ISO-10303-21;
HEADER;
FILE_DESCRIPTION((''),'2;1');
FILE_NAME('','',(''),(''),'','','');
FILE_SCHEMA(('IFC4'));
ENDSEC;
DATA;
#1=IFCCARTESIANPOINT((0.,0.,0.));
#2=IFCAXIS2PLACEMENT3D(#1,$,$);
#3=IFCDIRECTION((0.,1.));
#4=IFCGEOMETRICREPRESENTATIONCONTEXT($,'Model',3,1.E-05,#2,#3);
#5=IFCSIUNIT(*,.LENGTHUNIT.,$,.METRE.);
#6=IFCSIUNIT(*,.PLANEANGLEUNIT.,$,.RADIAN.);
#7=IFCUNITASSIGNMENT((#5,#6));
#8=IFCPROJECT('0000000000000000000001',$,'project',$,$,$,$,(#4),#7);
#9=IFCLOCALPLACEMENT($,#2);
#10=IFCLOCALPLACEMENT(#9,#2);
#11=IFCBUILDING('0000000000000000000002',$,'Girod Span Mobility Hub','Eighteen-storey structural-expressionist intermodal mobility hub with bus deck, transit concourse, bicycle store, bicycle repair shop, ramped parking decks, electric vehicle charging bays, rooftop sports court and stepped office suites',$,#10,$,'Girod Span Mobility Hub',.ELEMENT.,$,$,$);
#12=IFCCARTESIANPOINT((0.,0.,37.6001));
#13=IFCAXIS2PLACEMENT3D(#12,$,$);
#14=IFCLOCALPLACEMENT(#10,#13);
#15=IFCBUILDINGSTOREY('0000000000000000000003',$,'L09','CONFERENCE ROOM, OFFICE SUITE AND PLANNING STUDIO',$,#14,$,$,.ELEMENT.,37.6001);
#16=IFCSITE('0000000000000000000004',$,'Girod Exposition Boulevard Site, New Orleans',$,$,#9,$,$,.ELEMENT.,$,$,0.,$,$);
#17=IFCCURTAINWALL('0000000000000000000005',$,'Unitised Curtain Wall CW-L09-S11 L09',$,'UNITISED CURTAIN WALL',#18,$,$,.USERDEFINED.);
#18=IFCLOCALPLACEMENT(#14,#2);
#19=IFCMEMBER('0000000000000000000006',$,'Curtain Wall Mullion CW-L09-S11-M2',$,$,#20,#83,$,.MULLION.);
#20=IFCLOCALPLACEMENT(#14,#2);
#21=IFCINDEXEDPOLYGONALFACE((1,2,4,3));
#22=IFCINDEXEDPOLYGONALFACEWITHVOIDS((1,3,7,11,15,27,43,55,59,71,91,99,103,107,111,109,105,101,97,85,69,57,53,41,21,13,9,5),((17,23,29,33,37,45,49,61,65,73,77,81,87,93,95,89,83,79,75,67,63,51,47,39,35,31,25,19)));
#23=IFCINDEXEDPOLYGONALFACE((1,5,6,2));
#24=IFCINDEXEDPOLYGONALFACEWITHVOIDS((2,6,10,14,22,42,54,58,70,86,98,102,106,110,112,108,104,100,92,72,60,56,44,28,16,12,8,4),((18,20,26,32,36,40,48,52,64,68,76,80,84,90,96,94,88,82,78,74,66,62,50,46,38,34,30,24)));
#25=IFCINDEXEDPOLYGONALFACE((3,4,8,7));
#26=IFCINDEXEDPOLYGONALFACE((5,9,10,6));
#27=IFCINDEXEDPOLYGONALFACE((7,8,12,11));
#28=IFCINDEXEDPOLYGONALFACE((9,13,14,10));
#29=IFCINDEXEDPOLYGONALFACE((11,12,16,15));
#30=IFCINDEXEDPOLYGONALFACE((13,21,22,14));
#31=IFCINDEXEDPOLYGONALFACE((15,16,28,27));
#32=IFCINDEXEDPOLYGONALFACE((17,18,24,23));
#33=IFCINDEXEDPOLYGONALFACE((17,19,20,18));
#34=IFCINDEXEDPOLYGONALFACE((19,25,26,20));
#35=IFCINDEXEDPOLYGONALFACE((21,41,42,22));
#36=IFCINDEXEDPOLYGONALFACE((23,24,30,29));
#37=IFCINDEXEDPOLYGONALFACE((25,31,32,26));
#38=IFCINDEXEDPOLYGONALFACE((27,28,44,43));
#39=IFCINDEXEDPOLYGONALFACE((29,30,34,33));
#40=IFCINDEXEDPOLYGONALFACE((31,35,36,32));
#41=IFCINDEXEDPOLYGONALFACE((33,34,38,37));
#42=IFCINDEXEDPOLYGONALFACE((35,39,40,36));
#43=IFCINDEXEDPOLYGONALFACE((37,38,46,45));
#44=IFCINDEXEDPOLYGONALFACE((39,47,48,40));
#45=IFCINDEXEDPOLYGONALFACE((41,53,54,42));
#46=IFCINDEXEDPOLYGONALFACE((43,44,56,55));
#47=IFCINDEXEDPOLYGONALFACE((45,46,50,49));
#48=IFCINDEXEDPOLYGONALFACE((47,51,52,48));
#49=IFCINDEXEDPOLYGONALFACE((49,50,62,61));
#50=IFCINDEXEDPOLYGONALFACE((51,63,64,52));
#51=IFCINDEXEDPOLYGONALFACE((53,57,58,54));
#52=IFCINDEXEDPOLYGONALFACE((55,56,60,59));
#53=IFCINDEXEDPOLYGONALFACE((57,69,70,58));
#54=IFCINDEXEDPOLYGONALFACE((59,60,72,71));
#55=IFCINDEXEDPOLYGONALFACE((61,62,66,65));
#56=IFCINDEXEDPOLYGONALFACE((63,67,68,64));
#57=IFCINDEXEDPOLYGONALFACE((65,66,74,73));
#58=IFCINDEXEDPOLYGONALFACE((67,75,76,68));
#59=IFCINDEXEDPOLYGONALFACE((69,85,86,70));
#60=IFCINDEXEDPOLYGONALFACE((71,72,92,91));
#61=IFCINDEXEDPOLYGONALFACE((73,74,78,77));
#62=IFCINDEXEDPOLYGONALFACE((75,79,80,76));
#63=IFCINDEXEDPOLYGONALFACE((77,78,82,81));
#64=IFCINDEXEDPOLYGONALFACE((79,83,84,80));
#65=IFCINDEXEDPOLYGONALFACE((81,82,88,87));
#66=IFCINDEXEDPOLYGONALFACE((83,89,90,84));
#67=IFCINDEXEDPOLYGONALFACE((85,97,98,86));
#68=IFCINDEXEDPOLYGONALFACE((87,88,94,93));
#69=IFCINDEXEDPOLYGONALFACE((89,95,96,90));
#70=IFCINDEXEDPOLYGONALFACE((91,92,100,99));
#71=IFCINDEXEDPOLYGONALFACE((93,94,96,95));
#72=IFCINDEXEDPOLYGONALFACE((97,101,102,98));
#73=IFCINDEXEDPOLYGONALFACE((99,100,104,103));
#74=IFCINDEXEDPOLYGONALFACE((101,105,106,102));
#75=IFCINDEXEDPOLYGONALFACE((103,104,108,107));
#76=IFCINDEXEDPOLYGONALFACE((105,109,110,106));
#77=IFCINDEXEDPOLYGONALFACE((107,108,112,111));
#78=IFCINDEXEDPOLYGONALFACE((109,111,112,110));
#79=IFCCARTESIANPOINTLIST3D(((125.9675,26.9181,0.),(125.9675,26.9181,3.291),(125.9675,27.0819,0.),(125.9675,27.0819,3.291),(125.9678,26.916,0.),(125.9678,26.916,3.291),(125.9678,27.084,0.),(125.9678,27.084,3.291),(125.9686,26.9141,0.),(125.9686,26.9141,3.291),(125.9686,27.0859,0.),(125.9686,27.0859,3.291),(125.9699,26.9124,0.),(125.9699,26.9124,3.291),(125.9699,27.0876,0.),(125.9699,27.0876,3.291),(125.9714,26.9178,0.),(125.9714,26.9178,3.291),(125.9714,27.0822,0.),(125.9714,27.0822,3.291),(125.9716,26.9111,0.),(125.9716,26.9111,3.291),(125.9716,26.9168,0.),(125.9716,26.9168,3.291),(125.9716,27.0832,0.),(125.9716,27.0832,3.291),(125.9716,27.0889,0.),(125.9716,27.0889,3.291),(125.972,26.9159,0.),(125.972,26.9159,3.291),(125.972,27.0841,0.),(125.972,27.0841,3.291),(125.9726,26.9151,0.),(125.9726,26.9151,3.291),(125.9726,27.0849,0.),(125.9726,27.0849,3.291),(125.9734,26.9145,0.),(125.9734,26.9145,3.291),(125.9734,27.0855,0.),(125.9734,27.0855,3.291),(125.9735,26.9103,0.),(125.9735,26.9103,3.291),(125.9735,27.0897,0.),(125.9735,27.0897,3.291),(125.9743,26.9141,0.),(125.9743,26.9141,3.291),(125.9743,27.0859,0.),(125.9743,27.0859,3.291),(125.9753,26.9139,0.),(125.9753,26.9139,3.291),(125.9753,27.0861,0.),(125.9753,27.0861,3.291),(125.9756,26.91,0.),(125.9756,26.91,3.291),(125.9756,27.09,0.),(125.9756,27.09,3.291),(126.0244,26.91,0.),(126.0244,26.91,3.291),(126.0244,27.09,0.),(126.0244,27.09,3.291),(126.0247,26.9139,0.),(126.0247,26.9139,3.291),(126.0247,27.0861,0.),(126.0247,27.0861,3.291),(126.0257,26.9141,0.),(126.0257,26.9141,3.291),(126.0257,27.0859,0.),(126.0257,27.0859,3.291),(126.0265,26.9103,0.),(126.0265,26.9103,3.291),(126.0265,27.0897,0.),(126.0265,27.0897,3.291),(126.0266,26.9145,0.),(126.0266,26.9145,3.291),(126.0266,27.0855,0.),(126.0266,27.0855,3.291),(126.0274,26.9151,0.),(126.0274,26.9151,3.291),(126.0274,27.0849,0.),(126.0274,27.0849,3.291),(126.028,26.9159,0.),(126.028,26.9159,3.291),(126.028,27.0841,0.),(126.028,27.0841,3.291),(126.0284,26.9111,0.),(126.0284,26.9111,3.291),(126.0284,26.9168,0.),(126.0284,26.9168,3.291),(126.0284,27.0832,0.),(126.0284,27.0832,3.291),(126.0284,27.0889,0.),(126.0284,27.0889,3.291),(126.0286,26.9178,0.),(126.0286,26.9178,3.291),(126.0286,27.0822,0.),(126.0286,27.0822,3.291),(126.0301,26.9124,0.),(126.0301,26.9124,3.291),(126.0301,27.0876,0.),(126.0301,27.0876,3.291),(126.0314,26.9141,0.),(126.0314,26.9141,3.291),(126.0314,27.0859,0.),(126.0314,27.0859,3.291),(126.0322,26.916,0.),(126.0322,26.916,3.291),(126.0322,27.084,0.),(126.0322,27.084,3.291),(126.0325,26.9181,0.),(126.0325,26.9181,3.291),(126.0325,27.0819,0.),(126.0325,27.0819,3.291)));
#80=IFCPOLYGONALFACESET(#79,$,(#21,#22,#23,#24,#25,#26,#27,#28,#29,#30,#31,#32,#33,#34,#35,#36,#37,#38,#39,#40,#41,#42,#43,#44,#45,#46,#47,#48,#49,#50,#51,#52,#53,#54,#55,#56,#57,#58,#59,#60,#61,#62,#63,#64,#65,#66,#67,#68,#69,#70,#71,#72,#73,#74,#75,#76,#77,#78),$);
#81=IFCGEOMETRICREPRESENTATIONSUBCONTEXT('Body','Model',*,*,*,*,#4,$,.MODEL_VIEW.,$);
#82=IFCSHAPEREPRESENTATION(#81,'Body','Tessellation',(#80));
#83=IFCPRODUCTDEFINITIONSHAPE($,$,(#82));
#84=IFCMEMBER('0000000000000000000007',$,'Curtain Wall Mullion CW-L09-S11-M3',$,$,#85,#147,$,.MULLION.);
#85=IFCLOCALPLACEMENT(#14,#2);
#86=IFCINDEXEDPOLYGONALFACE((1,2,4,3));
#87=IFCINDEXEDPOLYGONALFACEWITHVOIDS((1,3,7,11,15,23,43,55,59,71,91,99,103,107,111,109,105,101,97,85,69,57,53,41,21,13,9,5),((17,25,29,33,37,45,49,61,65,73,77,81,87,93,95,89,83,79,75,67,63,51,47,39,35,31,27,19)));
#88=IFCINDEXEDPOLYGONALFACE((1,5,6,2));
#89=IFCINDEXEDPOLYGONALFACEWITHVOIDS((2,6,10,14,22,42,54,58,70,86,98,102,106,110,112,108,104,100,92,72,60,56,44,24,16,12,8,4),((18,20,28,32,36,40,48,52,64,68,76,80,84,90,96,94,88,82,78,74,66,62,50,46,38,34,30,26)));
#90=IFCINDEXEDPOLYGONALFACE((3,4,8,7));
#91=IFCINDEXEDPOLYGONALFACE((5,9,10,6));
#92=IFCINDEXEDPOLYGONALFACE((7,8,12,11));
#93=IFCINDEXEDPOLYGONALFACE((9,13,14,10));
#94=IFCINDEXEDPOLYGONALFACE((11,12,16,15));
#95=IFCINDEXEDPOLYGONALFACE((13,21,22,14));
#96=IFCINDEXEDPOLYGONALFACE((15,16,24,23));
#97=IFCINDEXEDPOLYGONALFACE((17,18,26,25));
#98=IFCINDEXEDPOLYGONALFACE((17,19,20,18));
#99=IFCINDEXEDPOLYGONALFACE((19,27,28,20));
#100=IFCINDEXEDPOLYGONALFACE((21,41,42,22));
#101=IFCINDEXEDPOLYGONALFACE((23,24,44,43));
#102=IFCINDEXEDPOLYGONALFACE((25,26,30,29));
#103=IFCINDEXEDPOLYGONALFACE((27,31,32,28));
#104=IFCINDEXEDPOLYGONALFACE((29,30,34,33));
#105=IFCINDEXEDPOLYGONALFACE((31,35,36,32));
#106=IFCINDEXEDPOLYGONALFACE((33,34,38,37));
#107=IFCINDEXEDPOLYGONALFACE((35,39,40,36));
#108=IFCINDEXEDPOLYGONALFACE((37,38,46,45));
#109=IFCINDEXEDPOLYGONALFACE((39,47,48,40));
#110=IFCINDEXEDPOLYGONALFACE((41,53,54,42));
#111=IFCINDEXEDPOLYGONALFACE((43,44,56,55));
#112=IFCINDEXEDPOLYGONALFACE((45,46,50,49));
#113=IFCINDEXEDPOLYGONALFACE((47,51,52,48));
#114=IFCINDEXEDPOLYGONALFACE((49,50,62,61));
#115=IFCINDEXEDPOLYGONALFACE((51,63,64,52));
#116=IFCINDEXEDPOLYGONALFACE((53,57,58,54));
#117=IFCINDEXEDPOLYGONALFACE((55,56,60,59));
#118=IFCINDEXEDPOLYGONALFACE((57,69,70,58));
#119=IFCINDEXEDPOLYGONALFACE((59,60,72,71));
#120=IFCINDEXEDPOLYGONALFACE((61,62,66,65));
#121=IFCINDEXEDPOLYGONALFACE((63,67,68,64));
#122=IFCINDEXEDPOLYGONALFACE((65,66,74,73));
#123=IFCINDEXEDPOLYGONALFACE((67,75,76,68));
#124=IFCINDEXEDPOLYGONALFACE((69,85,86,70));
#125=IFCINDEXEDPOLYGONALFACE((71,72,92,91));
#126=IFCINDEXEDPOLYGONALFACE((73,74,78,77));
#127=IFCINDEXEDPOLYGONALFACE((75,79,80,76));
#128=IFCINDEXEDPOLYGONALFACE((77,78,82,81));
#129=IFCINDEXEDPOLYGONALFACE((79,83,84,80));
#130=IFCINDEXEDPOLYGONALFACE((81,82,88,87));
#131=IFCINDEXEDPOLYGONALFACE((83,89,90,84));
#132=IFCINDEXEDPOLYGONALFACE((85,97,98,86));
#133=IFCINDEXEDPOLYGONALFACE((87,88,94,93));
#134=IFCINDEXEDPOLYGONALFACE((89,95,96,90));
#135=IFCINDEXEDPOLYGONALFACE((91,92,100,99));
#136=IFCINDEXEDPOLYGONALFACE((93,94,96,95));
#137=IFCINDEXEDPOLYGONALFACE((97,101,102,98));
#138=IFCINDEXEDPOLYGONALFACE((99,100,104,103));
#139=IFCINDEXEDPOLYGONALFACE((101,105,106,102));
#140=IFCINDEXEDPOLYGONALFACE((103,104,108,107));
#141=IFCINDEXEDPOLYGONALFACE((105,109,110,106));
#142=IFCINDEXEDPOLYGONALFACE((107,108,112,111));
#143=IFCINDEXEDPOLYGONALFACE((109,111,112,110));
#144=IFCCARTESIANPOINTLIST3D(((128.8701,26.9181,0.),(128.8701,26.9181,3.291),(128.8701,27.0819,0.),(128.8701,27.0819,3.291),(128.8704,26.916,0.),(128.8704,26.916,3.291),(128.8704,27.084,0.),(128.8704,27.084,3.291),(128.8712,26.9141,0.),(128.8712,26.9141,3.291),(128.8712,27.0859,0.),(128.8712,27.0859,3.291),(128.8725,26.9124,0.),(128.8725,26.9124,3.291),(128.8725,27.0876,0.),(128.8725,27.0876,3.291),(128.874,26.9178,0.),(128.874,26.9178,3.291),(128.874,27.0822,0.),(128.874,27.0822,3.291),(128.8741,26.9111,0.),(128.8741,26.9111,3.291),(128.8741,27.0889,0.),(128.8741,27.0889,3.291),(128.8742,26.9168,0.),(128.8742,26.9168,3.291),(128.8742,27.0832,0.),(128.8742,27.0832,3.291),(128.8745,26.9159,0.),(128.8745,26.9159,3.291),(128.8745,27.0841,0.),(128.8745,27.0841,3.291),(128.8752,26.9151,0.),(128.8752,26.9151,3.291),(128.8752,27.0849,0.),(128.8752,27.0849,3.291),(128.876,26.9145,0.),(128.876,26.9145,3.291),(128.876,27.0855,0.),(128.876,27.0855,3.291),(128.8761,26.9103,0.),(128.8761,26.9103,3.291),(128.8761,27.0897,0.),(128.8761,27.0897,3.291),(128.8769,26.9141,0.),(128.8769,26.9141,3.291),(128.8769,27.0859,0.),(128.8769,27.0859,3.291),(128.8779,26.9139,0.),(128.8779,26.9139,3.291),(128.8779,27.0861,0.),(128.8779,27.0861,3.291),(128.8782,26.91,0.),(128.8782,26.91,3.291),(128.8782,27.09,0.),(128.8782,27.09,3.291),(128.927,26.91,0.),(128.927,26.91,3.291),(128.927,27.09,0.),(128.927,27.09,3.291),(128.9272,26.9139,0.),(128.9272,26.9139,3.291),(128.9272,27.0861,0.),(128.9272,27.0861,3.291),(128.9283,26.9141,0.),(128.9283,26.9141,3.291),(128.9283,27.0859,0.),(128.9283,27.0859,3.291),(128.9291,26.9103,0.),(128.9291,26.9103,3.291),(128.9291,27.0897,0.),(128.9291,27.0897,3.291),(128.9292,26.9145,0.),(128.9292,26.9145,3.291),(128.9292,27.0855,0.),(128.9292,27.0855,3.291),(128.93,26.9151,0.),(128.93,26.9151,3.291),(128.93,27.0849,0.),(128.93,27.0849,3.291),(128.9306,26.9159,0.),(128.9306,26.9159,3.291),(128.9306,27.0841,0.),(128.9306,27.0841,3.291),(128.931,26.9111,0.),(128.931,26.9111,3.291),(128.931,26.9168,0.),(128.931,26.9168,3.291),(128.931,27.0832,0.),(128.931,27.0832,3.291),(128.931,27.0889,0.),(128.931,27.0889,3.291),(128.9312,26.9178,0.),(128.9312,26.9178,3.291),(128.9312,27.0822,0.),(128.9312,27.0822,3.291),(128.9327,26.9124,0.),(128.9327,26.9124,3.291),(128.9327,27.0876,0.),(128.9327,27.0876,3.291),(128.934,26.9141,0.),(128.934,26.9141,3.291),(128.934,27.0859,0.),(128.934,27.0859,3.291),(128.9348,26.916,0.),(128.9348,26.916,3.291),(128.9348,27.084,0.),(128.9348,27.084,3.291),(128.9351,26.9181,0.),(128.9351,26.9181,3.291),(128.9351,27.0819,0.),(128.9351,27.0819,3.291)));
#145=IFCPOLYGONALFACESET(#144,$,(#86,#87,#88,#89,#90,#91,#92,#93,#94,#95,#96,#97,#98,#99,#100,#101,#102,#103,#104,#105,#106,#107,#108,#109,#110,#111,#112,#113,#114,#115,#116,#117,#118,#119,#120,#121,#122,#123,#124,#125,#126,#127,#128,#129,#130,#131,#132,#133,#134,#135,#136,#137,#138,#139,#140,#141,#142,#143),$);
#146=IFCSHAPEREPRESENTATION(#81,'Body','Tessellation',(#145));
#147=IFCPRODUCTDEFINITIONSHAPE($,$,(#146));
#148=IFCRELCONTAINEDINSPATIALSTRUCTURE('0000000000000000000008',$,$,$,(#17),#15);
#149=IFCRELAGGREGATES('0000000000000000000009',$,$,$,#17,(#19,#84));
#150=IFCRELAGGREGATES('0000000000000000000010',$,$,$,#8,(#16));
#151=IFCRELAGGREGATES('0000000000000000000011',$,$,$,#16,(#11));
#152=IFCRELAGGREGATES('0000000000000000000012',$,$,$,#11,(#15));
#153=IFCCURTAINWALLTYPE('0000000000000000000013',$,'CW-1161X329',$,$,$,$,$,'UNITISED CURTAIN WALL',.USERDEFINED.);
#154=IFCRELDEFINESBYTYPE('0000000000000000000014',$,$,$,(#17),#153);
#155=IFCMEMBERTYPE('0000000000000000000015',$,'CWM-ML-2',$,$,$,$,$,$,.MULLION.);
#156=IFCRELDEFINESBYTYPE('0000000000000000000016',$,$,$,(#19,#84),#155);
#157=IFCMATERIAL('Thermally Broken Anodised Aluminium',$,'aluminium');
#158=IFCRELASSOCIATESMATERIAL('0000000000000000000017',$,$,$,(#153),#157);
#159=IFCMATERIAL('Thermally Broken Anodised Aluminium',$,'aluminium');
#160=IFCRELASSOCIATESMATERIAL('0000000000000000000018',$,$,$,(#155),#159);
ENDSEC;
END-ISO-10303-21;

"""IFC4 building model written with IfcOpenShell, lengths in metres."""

from ifc_helpers import new_model, si_unit, direction, frame, origin, origin_2d, place, context, subcontext, project, spatial, hollow_rectangle, extrude, material, material_profile, profile_set, type_object, element, aggregate, save


model = new_model("IFC4")

# Units and contexts
model_context = context("Model", 3, precision=1e-05, world=origin(), true_north=direction((0.0, 1.0)))
body_context = subcontext(model_context, "Body", "Model", "MODEL_VIEW")
ifc_project = project(units=[si_unit("LENGTHUNIT", "METRE"), si_unit("PLANEANGLEUNIT", "RADIAN")], contexts=[model_context])

# Site, building, storey
site_placement = place(None, origin())
site = spatial("IfcSite", under=ifc_project, at=site_placement, Name="Girod Exposition Boulevard Site, New Orleans", CompositionType="ELEMENT", RefElevation=0.0)
building_placement = place(site_placement, origin())
building = spatial("IfcBuilding", under=site, at=building_placement, Name="Girod Span Mobility Hub", Description="Eighteen-storey structural-expressionist intermodal mobility hub with bus deck, transit concourse, bicycle store, bicycle repair shop, ramped parking decks, electric vehicle charging bays, rooftop sports court and stepped office suites", LongName="Girod Span Mobility Hub", CompositionType="ELEMENT")
storey_placement = place(building_placement, frame((0.0, 0.0, 37.6001)))
storey = spatial("IfcBuildingStorey", under=building, at=storey_placement, Name="L09", Description="CONFERENCE ROOM, OFFICE SUITE AND PLANNING STUDIO", CompositionType="ELEMENT", Elevation=37.6001)

# Curtain wall, members
ifc_material_1 = material(Name="Thermally Broken Anodised Aluminium", Category="aluminium")
curtain_wall_type = type_object("IfcCurtainWallType", Name="CW-1161X329", ElementType="UNITISED CURTAIN WALL", PredefinedType="USERDEFINED", material=ifc_material_1)
curtain_wall_placement = place(storey_placement, origin())
curtain_wall = element("IfcCurtainWall", 1, at=curtain_wall_placement, inside=storey, type_object=curtain_wall_type, Name="Unitised Curtain Wall CW-L09-S11 L09", ObjectType="UNITISED CURTAIN WALL", PredefinedType="USERDEFINED")
ifc_material_2 = material(Name="Thermally Broken Anodised Aluminium", Category="aluminium")
ifc_material_profile_1 = material_profile(ifc_material_2, hollow_rectangle(XDim=0.1799, YDim=0.0649, WallThickness=0.0039, InnerFilletRadius=0.0039, OuterFilletRadius=0.0081, at=origin_2d()), Name="CW-ML-65X180")
ifc_profile_set_1 = profile_set([ifc_material_profile_1], Name="Thermally Broken Anodised Aluminium")
member_type_1 = type_object("IfcMemberType", Name="CWM-ML-2", PredefinedType="MULLION", material=ifc_profile_set_1)
member_1_placement = place(storey_placement, frame((126.0, 27.0, 0.0), z_axis=(0.0, 0.0, 1.0), x_axis=(0.0, 1.0, 0.0)))
member_1 = element("IfcMember", 2, at=member_1_placement, type_object=member_type_1, Name="Curtain Wall Mullion CW-L09-S11-M2", PredefinedType="MULLION", context=body_context, shape_type="SweptSolid", body=[
    extrude(hollow_rectangle(XDim=0.1799, YDim=0.0649, WallThickness=0.0039, InnerFilletRadius=0.0039, OuterFilletRadius=0.0081, at=origin_2d()), origin(), (0.0, 0.0, 1.0), 3.291),
])
member_2_placement = place(storey_placement, frame((128.9026, 27.0, 0.0), z_axis=(0.0, 0.0, 1.0), x_axis=(0.0, 1.0, 0.0)))
member_2 = element("IfcMember", 3, at=member_2_placement, type_object=member_type_1, Name="Curtain Wall Mullion CW-L09-S11-M3", PredefinedType="MULLION", context=body_context, shape_type="SweptSolid", body=[
    extrude(hollow_rectangle(XDim=0.1799, YDim=0.0649, WallThickness=0.0039, InnerFilletRadius=0.0039, OuterFilletRadius=0.0081, at=origin_2d()), origin(), (0.0, 0.0, 1.0), 3.291),
])

aggregate(curtain_wall, [member_1, member_2])

save(model, "model.ifc")
